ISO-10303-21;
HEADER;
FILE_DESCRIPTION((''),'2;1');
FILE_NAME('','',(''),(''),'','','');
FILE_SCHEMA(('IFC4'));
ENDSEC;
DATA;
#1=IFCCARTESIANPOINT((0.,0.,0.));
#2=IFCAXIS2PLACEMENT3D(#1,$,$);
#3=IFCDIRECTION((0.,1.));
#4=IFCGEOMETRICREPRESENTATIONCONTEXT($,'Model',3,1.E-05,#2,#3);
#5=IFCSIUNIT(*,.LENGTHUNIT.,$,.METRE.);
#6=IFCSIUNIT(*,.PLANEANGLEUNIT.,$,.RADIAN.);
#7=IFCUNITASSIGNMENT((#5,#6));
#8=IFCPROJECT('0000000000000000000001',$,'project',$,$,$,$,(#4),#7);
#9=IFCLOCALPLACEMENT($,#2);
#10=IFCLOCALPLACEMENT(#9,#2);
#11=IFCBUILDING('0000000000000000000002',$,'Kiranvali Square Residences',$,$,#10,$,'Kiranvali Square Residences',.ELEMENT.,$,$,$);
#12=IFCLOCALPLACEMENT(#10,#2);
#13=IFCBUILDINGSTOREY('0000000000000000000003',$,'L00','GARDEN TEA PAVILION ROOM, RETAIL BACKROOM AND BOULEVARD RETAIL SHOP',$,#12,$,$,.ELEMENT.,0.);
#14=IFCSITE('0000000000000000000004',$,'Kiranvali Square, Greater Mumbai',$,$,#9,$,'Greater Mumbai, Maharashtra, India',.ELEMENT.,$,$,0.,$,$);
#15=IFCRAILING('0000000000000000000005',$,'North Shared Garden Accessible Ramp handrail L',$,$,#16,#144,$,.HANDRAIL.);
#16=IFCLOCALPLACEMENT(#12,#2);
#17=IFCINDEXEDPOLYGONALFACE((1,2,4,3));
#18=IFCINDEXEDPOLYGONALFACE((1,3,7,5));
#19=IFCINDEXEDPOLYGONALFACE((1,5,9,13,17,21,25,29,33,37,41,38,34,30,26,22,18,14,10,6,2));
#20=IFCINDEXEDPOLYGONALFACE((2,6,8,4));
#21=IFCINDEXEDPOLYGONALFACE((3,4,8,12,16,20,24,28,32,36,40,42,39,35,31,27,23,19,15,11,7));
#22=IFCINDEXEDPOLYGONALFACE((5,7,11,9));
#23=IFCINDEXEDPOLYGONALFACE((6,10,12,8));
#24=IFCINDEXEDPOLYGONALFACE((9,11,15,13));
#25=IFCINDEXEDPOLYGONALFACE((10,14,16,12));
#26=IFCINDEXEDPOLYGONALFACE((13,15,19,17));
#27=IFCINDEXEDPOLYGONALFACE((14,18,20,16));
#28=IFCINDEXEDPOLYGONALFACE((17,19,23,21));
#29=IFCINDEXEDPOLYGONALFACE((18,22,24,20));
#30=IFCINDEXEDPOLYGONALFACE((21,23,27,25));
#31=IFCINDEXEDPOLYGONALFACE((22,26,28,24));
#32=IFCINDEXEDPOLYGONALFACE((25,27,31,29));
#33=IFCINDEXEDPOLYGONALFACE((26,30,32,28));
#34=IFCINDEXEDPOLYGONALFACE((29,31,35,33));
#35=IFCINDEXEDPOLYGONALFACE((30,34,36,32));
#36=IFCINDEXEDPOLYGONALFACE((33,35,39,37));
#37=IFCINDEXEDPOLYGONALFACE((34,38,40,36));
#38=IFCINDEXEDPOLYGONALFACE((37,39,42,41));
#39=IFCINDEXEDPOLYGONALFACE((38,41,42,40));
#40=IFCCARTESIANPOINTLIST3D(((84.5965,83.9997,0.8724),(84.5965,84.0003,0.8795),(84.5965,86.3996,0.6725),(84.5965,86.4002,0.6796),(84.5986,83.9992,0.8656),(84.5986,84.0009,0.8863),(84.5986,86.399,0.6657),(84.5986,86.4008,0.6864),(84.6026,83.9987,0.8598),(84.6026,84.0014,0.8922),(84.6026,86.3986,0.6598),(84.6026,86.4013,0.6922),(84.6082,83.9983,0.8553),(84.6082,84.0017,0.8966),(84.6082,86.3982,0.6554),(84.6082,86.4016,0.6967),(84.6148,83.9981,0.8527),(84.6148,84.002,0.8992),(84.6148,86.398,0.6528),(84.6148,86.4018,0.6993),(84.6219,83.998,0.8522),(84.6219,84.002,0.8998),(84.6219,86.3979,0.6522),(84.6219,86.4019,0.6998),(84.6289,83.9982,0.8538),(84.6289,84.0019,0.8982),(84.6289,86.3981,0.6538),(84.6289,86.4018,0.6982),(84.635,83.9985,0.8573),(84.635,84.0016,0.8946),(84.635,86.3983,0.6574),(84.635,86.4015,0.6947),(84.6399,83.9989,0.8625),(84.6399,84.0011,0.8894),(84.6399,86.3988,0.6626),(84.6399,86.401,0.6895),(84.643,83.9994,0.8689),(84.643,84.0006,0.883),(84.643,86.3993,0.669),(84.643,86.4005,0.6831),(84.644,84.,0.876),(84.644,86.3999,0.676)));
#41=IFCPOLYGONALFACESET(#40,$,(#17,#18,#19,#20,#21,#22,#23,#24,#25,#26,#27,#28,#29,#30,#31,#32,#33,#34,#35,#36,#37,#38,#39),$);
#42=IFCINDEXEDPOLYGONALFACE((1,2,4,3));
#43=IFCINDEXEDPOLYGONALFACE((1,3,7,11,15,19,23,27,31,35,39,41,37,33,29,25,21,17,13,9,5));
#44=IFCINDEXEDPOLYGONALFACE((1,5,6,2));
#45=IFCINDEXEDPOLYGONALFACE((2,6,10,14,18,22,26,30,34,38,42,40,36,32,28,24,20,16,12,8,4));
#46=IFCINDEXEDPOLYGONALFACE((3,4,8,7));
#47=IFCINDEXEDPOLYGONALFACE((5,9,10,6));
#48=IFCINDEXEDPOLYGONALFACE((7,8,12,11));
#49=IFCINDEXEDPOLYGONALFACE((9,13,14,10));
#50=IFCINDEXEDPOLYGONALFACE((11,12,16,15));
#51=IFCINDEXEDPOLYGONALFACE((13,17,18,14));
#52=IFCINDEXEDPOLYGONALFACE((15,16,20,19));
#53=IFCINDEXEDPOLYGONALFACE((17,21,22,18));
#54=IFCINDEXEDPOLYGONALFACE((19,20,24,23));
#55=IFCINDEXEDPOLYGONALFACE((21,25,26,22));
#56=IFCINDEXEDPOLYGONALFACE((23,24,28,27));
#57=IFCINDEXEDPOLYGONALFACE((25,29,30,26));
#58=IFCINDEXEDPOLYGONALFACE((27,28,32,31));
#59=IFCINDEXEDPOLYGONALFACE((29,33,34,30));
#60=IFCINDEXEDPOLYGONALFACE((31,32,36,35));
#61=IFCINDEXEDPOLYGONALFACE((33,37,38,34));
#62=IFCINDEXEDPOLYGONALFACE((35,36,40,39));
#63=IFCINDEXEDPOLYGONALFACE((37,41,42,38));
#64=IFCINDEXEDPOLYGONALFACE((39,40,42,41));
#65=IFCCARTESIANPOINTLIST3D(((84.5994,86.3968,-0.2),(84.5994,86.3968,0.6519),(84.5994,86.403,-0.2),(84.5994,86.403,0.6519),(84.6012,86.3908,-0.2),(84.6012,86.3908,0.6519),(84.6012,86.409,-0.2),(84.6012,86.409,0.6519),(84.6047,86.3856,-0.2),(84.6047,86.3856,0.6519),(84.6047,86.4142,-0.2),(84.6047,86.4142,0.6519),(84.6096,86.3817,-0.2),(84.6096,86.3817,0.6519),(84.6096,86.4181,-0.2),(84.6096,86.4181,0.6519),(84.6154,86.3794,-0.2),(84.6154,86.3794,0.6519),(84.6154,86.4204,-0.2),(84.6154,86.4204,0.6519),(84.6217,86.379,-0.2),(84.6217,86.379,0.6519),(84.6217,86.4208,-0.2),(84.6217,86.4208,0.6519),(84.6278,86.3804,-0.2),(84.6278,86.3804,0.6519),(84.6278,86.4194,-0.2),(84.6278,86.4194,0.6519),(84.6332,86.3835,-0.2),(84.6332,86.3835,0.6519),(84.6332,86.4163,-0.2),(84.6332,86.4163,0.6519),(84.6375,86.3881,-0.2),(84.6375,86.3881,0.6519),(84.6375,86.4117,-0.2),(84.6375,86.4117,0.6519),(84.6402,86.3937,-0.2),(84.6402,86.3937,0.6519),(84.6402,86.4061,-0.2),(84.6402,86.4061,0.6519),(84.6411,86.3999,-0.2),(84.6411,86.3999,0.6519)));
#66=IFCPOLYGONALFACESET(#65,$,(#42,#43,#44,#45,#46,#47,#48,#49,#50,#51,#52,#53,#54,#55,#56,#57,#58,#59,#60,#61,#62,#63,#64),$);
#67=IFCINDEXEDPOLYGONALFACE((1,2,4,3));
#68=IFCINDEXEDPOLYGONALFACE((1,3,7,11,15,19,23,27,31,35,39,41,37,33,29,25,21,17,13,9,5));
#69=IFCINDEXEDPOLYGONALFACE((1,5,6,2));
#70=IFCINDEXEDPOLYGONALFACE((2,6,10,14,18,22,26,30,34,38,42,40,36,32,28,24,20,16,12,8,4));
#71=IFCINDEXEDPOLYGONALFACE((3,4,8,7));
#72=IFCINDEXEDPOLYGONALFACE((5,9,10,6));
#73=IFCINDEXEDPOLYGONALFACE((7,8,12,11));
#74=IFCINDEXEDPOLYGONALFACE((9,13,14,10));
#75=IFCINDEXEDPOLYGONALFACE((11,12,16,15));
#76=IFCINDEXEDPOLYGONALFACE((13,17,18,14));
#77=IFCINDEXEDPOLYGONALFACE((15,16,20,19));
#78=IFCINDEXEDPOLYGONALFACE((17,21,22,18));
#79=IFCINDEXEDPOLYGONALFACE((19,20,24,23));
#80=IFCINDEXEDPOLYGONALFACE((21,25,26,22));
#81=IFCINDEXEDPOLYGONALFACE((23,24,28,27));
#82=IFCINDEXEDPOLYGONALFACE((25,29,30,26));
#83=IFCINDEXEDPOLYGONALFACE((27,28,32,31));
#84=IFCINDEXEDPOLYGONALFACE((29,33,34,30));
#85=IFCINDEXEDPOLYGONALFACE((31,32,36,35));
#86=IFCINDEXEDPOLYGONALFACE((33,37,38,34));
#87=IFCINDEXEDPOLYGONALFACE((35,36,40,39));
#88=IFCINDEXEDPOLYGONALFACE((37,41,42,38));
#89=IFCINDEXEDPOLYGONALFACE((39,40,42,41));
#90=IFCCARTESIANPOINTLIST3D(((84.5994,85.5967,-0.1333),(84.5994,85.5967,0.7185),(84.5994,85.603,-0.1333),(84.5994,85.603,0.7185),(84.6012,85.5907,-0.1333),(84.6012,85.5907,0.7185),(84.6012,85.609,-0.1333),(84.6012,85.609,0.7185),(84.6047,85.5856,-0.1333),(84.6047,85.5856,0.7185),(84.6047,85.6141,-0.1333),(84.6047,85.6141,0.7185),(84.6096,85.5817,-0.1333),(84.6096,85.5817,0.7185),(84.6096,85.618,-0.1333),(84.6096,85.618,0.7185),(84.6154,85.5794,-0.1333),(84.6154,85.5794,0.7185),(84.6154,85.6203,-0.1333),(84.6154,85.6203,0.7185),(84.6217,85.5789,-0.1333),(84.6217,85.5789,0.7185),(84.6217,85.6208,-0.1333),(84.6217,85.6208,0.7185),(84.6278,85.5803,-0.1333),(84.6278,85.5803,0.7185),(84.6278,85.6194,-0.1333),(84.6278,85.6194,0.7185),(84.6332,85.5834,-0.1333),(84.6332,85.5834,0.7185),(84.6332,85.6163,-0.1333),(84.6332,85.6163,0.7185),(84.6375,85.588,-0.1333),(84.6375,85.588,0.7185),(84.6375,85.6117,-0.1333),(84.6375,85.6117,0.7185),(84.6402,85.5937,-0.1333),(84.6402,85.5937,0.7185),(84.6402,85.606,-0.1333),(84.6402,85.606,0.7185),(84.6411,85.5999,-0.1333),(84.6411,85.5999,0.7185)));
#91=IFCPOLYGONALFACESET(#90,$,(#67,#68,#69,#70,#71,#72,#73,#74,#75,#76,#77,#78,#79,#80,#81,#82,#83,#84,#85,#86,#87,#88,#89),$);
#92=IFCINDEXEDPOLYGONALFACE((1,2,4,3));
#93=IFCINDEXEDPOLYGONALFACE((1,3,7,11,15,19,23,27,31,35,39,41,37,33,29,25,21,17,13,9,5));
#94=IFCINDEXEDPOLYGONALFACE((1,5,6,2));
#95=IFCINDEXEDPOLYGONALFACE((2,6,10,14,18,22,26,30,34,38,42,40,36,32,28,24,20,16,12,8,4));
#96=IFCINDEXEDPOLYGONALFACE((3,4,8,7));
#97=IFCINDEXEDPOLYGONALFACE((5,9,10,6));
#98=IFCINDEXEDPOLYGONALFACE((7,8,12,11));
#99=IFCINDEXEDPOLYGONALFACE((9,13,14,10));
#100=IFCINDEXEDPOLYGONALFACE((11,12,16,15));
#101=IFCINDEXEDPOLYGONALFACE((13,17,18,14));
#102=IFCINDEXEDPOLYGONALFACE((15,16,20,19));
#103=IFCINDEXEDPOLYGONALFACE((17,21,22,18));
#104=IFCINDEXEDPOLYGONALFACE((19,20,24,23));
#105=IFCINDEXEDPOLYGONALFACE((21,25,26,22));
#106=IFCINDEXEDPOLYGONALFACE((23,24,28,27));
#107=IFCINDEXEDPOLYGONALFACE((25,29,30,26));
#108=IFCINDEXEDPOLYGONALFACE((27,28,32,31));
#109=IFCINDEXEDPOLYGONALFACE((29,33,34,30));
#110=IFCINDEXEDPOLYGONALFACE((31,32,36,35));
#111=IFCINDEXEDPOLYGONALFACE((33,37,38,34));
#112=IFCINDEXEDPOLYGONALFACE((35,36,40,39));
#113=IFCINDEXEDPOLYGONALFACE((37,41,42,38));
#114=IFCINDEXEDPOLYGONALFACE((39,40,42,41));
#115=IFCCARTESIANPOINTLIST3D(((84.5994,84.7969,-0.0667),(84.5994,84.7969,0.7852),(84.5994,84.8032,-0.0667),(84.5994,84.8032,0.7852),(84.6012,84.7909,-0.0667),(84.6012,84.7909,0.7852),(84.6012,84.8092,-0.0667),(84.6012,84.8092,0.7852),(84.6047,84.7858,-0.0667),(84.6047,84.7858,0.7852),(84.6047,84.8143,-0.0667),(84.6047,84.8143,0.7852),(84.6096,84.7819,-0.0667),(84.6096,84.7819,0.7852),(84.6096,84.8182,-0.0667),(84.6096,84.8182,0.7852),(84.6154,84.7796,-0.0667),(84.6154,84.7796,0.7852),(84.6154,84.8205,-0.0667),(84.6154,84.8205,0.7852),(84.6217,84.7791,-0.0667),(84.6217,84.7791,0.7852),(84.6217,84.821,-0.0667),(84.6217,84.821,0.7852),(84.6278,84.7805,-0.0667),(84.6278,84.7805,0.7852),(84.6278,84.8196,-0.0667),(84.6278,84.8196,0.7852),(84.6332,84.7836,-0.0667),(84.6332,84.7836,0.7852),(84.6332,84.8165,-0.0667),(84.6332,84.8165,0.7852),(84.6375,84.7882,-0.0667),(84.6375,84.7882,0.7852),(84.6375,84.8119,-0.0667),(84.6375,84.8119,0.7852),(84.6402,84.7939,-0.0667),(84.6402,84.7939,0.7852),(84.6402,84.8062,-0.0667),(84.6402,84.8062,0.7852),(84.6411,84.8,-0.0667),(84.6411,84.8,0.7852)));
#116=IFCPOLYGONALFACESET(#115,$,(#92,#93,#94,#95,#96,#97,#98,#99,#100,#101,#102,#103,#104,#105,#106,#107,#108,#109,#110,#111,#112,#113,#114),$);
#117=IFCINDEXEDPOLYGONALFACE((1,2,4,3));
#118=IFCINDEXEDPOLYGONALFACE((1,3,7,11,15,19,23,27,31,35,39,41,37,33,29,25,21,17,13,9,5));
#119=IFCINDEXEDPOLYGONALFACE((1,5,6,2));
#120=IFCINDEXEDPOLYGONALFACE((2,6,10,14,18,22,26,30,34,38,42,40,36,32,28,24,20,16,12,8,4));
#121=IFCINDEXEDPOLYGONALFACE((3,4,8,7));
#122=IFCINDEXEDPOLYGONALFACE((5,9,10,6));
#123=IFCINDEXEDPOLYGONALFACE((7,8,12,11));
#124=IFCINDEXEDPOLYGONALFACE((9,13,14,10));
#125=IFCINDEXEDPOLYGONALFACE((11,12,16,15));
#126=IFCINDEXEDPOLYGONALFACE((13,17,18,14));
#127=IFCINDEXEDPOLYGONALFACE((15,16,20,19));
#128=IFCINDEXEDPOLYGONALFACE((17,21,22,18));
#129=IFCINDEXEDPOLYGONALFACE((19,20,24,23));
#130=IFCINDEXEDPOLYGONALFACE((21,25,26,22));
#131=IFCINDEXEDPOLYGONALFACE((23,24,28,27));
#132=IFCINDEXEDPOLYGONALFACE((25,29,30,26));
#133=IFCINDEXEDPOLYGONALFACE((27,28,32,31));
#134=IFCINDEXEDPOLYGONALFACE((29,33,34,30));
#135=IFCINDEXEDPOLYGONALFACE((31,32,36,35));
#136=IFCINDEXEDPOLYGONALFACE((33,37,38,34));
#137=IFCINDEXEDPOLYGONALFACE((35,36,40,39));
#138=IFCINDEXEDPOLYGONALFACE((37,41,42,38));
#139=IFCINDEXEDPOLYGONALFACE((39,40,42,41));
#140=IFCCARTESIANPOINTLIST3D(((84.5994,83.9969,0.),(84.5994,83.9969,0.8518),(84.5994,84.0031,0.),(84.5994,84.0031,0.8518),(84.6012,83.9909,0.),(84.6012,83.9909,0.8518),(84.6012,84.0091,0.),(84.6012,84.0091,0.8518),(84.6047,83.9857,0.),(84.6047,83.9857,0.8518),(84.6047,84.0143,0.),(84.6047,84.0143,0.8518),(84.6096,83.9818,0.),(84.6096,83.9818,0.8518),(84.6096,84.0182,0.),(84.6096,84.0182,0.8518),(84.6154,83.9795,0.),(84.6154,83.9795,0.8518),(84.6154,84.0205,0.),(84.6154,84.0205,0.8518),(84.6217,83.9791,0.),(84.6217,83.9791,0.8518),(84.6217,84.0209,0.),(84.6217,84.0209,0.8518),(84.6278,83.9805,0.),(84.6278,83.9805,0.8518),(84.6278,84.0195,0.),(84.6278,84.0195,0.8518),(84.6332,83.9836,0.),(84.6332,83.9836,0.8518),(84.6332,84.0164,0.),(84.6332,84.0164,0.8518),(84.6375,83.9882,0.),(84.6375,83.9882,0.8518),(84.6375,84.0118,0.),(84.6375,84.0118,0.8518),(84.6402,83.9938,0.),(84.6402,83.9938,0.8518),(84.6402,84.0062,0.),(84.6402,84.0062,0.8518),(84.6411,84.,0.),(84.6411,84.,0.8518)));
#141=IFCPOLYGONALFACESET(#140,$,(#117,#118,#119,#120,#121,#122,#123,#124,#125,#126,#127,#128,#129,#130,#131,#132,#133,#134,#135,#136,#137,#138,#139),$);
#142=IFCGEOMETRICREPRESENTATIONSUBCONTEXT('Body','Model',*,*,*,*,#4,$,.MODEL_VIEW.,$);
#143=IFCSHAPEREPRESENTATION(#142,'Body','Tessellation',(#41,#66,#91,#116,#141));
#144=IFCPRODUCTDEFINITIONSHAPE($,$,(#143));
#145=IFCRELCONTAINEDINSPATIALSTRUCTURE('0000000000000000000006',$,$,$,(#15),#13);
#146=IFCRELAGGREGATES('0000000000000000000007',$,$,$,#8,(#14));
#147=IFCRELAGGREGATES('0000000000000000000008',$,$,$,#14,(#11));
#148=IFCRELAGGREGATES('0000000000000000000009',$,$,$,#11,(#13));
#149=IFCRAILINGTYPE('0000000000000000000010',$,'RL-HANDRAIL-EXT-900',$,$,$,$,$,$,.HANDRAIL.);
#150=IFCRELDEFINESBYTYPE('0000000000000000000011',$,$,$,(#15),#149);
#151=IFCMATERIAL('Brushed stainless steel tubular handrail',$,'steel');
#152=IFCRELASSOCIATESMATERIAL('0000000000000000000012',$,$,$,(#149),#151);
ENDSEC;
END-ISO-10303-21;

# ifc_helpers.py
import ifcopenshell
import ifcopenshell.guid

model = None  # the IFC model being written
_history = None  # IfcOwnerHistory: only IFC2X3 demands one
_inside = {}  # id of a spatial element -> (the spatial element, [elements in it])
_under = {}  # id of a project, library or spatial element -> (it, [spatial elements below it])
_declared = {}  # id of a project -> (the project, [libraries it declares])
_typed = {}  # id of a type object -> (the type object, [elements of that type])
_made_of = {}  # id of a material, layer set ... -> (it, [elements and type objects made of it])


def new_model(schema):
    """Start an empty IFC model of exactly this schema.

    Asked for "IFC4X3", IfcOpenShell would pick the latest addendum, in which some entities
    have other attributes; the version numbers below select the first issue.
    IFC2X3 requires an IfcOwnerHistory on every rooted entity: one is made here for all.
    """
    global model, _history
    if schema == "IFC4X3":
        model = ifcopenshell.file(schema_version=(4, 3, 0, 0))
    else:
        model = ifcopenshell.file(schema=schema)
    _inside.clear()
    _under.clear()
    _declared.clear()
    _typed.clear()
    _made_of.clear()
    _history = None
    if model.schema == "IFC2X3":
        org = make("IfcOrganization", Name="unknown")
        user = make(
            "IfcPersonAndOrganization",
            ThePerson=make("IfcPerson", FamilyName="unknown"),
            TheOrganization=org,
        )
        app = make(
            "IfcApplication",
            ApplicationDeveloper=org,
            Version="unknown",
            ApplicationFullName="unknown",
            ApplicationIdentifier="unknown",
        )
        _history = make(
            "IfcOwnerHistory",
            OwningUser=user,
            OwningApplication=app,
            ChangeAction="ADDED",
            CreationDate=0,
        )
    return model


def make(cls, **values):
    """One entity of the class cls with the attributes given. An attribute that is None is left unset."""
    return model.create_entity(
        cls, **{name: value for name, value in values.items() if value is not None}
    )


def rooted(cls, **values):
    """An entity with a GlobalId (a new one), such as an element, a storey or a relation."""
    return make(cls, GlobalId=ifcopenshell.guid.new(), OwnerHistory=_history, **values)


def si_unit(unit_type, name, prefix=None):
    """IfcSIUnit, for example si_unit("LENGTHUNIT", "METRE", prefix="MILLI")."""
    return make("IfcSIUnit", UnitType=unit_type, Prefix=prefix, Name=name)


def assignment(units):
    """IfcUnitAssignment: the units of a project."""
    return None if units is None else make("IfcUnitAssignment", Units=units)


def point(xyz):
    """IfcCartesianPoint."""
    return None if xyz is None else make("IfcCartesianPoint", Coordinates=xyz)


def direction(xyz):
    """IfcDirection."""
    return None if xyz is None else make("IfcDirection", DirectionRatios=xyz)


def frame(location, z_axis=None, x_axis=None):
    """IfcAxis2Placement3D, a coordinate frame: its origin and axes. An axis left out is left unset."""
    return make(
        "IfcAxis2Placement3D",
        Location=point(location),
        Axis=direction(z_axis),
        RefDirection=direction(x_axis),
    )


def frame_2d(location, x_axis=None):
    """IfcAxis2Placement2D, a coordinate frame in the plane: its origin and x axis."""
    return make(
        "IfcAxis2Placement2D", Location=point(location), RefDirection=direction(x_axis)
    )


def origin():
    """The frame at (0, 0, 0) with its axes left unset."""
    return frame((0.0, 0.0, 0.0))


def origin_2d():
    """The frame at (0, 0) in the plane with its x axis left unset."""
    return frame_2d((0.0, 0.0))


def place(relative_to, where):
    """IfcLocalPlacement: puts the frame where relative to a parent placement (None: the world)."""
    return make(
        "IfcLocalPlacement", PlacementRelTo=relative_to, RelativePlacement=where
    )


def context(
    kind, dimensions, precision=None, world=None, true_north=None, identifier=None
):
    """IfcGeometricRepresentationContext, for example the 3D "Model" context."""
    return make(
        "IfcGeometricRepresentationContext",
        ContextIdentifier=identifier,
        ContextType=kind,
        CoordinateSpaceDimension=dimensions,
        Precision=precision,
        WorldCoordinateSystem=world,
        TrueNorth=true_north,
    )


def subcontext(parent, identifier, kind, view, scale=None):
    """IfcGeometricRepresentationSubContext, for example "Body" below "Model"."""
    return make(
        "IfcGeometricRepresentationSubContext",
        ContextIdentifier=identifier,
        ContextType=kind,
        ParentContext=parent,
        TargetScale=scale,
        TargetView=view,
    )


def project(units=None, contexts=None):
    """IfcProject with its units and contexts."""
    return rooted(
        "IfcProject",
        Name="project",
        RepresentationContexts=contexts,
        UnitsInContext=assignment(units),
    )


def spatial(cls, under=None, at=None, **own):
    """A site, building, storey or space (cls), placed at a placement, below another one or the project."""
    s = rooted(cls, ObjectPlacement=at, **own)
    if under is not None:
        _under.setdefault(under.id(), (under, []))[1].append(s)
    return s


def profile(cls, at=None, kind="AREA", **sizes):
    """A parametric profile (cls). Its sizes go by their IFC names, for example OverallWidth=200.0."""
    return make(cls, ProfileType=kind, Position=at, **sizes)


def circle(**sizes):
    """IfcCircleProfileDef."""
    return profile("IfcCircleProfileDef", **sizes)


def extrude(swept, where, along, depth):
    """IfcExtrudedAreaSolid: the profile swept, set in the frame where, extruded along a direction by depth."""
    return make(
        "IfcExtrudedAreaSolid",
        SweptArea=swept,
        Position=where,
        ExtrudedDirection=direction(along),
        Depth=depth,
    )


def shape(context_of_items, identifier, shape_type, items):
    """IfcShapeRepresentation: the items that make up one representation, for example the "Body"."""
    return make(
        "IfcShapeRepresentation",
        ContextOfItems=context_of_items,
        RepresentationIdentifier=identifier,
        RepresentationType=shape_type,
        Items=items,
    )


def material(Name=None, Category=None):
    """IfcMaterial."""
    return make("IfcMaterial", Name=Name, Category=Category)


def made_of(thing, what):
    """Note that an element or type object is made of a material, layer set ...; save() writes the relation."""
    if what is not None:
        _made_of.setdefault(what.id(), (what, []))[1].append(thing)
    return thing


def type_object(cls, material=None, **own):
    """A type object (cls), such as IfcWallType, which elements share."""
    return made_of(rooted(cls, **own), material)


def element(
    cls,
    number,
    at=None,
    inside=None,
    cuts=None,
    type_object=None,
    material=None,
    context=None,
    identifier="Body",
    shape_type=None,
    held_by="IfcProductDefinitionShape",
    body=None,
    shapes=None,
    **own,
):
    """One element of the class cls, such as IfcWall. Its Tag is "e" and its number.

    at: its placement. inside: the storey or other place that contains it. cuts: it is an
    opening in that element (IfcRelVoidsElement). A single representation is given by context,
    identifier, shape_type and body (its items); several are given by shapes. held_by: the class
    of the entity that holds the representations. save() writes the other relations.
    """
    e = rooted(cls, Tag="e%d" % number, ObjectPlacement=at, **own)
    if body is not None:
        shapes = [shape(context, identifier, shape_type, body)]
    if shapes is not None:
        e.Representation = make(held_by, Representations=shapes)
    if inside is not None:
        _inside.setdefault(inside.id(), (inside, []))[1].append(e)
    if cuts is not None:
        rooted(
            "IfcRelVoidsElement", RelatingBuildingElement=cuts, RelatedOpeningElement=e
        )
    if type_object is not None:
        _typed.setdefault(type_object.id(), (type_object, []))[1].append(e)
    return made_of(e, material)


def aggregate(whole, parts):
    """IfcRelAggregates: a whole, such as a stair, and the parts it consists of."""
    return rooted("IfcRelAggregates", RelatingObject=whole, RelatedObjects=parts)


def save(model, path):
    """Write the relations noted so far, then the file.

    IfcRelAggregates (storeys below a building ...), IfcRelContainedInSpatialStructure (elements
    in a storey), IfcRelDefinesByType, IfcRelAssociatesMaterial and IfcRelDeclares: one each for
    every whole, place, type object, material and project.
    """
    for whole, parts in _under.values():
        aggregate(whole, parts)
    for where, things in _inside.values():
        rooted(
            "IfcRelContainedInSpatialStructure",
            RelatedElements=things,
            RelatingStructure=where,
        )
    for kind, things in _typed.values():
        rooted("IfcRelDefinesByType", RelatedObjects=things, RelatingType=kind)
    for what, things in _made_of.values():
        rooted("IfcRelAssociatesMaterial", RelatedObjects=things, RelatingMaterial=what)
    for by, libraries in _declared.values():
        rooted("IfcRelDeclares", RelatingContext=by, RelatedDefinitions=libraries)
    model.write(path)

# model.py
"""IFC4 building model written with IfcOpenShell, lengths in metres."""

from ifc_helpers import new_model, si_unit, direction, frame, origin, origin_2d, place, context, subcontext, project, spatial, circle, extrude, material, type_object, element, save


model = new_model("IFC4")

# Units and contexts
model_context = context("Model", 3, precision=1e-05, world=origin(), true_north=direction((0.0, 1.0)))
body_context = subcontext(model_context, "Body", "Model", "MODEL_VIEW")
ifc_project = project(units=[si_unit("LENGTHUNIT", "METRE"), si_unit("PLANEANGLEUNIT", "RADIAN")], contexts=[model_context])

# Site, building, storey
site_placement = place(None, origin())
site = spatial("IfcSite", under=ifc_project, at=site_placement, Name="Kiranvali Square, Greater Mumbai", LongName="Greater Mumbai, Maharashtra, India", CompositionType="ELEMENT", RefElevation=0.0)
building_placement = place(site_placement, origin())
building = spatial("IfcBuilding", under=site, at=building_placement, Name="Kiranvali Square Residences", LongName="Kiranvali Square Residences", CompositionType="ELEMENT")
storey_placement = place(building_placement, origin())
storey = spatial("IfcBuildingStorey", under=building, at=storey_placement, Name="L00", Description="GARDEN TEA PAVILION ROOM, RETAIL BACKROOM AND BOULEVARD RETAIL SHOP", CompositionType="ELEMENT", Elevation=0.0)

# Railing
ifc_material_1 = material(Name="Brushed stainless steel tubular handrail", Category="steel")
railing_type = type_object("IfcRailingType", Name="RL-HANDRAIL-EXT-900", PredefinedType="HANDRAIL", material=ifc_material_1)
for number, where, name in (
    (1, (84.6201, 86.3999, -0.2), "North Shared Garden Accessible Ramp handrail L"),
):
    element("IfcRailing", number, at=place(storey_placement, frame(where)), inside=storey, type_object=railing_type, Name=name, PredefinedType="HANDRAIL", context=body_context, shape_type="SweptSolid", body=[
        extrude(circle(Radius=0.0239, at=origin_2d()), frame((0.0, 0.0, 0.876), z_axis=(0.0, -0.996547, 0.083029), x_axis=(1.0, 0.0, 0.0)), (0.0, 0.0, 1.0), 2.4082),
        extrude(circle(Radius=0.021, at=origin_2d()), origin(), (0.0, 0.0, 1.0), 0.8518),
        extrude(circle(Radius=0.021, at=origin_2d()), frame((0.0, -0.8, 0.0667)), (0.0, 0.0, 1.0), 0.8518),
        extrude(circle(Radius=0.021, at=origin_2d()), frame((0.0, -1.5999, 0.1333)), (0.0, 0.0, 1.0), 0.8518),
        extrude(circle(Radius=0.021, at=origin_2d()), frame((0.0, -2.3999, 0.2)), (0.0, 0.0, 1.0), 0.8518),
    ])

save(model, "model.ifc")
